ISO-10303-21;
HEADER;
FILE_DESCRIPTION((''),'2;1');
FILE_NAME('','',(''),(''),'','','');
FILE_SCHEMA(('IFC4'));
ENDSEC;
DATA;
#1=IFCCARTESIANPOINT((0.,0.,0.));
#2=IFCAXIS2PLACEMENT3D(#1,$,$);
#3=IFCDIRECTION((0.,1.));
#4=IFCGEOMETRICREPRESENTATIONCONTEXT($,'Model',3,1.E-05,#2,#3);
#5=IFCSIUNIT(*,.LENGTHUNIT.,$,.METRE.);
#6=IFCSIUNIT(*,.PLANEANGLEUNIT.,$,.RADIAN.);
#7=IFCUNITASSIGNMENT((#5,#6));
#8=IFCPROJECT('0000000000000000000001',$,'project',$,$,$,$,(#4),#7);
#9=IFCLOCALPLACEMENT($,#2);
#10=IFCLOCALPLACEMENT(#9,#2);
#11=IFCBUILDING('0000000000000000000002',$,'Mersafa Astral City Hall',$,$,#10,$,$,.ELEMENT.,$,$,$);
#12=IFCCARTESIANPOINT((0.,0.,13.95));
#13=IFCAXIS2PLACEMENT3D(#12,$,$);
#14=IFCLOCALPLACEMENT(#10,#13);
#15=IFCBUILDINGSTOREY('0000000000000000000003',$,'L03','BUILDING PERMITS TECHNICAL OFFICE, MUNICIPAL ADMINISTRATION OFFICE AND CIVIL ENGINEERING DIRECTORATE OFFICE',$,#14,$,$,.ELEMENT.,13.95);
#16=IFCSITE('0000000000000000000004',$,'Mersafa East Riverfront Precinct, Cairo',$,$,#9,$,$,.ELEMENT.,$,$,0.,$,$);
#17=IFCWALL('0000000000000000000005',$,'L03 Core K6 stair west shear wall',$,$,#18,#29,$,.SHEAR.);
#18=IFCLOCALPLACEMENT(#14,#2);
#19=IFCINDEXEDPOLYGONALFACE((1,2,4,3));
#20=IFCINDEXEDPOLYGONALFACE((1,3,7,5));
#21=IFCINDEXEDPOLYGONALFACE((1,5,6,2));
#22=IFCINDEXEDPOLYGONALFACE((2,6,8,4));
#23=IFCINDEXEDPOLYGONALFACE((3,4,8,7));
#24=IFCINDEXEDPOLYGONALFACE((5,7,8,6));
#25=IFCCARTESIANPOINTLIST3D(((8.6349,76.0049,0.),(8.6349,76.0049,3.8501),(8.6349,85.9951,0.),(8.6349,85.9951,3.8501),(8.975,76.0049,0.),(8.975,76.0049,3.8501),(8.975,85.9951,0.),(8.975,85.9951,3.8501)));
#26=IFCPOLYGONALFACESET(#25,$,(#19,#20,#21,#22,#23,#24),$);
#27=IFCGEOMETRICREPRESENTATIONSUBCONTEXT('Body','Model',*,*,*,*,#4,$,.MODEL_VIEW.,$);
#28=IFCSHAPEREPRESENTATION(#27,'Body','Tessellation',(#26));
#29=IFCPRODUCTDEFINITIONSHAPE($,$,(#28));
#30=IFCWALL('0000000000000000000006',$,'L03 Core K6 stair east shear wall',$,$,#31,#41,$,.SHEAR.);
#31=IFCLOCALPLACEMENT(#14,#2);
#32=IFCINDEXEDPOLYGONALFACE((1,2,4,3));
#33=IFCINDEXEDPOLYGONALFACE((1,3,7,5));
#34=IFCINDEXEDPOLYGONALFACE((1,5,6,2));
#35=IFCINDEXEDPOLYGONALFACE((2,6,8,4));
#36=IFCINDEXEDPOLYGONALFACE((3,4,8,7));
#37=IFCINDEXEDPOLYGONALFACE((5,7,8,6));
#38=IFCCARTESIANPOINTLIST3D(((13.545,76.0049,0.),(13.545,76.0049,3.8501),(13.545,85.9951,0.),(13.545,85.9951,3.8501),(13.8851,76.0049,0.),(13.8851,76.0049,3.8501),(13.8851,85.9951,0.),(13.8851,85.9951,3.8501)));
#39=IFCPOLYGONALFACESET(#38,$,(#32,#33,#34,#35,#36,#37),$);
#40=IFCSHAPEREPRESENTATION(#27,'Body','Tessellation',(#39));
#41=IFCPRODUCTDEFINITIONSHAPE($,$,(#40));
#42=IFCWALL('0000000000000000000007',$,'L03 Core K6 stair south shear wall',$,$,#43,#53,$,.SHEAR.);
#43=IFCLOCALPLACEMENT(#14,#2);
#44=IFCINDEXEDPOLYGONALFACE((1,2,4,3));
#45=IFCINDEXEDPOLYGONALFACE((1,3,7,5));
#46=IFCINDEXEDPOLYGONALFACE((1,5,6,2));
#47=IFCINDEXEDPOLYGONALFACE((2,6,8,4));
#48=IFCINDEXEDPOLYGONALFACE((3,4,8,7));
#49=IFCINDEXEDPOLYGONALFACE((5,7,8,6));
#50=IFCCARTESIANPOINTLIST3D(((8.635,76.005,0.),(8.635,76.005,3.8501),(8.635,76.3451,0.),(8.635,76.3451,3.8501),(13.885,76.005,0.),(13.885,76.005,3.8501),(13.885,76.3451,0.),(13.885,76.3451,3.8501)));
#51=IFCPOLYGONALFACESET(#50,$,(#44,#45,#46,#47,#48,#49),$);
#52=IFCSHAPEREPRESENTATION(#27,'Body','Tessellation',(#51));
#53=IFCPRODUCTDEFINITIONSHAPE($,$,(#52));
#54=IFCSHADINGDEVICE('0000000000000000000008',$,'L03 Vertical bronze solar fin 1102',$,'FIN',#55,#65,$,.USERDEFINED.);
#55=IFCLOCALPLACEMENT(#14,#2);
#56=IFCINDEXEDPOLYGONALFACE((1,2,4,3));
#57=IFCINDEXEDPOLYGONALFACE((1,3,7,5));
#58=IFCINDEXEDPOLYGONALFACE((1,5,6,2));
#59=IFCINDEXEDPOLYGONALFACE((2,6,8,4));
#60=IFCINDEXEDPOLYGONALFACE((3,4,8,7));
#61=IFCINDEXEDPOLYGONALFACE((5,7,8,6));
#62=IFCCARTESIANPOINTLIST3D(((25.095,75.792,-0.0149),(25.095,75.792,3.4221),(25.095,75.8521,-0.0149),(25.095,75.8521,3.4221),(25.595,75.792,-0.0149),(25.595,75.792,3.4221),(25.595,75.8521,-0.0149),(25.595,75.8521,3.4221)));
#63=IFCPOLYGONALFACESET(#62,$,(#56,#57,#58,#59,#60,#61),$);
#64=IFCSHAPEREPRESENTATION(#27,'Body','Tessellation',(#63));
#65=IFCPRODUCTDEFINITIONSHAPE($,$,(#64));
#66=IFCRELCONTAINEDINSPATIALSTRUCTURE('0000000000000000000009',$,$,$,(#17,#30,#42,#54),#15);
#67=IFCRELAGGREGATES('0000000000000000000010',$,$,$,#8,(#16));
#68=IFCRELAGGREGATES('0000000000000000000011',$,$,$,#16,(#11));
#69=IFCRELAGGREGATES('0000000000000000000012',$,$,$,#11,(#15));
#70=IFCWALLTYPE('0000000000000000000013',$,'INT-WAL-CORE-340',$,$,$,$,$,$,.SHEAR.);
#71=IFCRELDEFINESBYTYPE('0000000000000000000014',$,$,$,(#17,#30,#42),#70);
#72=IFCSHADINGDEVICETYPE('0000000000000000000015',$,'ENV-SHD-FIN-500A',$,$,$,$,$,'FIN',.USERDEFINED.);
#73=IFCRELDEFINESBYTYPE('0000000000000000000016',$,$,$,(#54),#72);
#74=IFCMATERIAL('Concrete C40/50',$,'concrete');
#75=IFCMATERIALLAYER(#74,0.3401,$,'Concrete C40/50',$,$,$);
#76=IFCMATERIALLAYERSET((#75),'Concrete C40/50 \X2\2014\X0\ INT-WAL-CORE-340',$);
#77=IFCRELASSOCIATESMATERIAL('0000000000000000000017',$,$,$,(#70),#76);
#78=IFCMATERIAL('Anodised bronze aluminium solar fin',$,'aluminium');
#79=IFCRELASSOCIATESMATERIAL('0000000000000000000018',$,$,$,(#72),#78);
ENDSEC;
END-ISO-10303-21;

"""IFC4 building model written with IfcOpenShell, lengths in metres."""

from ifc_helpers import new_model, si_unit, direction, frame, frame_2d, origin, origin_2d, place, context, subcontext, project, spatial, rectangle, extrude, material, layer, layer_set, type_object, element, save


model = new_model("IFC4")

# Units and contexts
model_context = context("Model", 3, precision=1e-05, world=origin(), true_north=direction((0.0, 1.0)))
body_context = subcontext(model_context, "Body", "Model", "MODEL_VIEW")
ifc_project = project(units=[si_unit("LENGTHUNIT", "METRE"), si_unit("PLANEANGLEUNIT", "RADIAN")], contexts=[model_context])

# Site, building, storey
site_placement = place(None, origin())
site = spatial("IfcSite", under=ifc_project, at=site_placement, Name="Mersafa East Riverfront Precinct, Cairo", CompositionType="ELEMENT", RefElevation=0.0)
building_placement = place(site_placement, origin())
building = spatial("IfcBuilding", under=site, at=building_placement, Name="Mersafa Astral City Hall", CompositionType="ELEMENT")
storey_placement = place(building_placement, frame((0.0, 0.0, 13.95)))
storey = spatial("IfcBuildingStorey", under=building, at=storey_placement, Name="L03", Description="BUILDING PERMITS TECHNICAL OFFICE, MUNICIPAL ADMINISTRATION OFFICE AND CIVIL ENGINEERING DIRECTORATE OFFICE", CompositionType="ELEMENT", Elevation=13.95)

# Walls
ifc_material_1 = material(Name="Concrete C40/50", Category="concrete")
ifc_layer_1 = layer(ifc_material_1, 0.3401, Name="Concrete C40/50")
ifc_layer_set_1 = layer_set([ifc_layer_1], Name="Concrete C40/50 — INT-WAL-CORE-340")
wall_type_1 = type_object("IfcWallType", Name="INT-WAL-CORE-340", PredefinedType="SHEAR", material=ifc_layer_set_1)
for number, where, z_axis, x_axis, name in (
    (1, (8.8049, 76.0049, 0.0), (0.0, 0.0, 1.0), (0.0, 1.0, 0.0), "L03 Core K6 stair west shear wall"),
    (2, (13.7151, 76.0049, 0.0), (0.0, 0.0, 1.0), (0.0, 1.0, 0.0), "L03 Core K6 stair east shear wall"),
):
    element("IfcWall", number, at=place(storey_placement, frame(where, z_axis=z_axis, x_axis=x_axis)), inside=storey, type_object=wall_type_1, Name=name, PredefinedType="SHEAR", context=body_context, shape_type="SweptSolid", body=[
        extrude(rectangle(XDim=9.9902, YDim=0.3401, at=frame_2d((4.9951, 0.0))), origin(), (0.0, 0.0, 1.0), 3.8501),
    ])
wall_1_placement = place(storey_placement, frame((8.635, 76.175, 0.0), z_axis=(0.0, 0.0, 1.0), x_axis=(1.0, 0.0, 0.0)))
element("IfcWall", 3, at=wall_1_placement, inside=storey, type_object=wall_type_1, Name="L03 Core K6 stair south shear wall", PredefinedType="SHEAR", context=body_context, shape_type="SweptSolid", body=[
    extrude(rectangle(XDim=5.25, YDim=0.3401, at=frame_2d((2.625, 0.0))), origin(), (0.0, 0.0, 1.0), 3.8501),
])

# Shading device
ifc_material_2 = material(Name="Anodised bronze aluminium solar fin", Category="aluminium")
shading_device_type = type_object("IfcShadingDeviceType", Name="ENV-SHD-FIN-500A", ElementType="FIN", PredefinedType="USERDEFINED", material=ifc_material_2)
shading_device_placement = place(storey_placement, frame((25.345, 75.822, -0.0149), z_axis=(0.0, 0.0, 1.0), x_axis=(0.0, 1.0, 0.0)))
element("IfcShadingDevice", 4, at=shading_device_placement, inside=storey, type_object=shading_device_type, Name="L03 Vertical bronze solar fin 1102", ObjectType="FIN", PredefinedType="USERDEFINED", context=body_context, shape_type="SweptSolid", body=[
    extrude(rectangle(XDim=0.0601, YDim=0.5, at=origin_2d()), origin(), (0.0, 0.0, 1.0), 3.437),
])

save(model, "model.ifc")
